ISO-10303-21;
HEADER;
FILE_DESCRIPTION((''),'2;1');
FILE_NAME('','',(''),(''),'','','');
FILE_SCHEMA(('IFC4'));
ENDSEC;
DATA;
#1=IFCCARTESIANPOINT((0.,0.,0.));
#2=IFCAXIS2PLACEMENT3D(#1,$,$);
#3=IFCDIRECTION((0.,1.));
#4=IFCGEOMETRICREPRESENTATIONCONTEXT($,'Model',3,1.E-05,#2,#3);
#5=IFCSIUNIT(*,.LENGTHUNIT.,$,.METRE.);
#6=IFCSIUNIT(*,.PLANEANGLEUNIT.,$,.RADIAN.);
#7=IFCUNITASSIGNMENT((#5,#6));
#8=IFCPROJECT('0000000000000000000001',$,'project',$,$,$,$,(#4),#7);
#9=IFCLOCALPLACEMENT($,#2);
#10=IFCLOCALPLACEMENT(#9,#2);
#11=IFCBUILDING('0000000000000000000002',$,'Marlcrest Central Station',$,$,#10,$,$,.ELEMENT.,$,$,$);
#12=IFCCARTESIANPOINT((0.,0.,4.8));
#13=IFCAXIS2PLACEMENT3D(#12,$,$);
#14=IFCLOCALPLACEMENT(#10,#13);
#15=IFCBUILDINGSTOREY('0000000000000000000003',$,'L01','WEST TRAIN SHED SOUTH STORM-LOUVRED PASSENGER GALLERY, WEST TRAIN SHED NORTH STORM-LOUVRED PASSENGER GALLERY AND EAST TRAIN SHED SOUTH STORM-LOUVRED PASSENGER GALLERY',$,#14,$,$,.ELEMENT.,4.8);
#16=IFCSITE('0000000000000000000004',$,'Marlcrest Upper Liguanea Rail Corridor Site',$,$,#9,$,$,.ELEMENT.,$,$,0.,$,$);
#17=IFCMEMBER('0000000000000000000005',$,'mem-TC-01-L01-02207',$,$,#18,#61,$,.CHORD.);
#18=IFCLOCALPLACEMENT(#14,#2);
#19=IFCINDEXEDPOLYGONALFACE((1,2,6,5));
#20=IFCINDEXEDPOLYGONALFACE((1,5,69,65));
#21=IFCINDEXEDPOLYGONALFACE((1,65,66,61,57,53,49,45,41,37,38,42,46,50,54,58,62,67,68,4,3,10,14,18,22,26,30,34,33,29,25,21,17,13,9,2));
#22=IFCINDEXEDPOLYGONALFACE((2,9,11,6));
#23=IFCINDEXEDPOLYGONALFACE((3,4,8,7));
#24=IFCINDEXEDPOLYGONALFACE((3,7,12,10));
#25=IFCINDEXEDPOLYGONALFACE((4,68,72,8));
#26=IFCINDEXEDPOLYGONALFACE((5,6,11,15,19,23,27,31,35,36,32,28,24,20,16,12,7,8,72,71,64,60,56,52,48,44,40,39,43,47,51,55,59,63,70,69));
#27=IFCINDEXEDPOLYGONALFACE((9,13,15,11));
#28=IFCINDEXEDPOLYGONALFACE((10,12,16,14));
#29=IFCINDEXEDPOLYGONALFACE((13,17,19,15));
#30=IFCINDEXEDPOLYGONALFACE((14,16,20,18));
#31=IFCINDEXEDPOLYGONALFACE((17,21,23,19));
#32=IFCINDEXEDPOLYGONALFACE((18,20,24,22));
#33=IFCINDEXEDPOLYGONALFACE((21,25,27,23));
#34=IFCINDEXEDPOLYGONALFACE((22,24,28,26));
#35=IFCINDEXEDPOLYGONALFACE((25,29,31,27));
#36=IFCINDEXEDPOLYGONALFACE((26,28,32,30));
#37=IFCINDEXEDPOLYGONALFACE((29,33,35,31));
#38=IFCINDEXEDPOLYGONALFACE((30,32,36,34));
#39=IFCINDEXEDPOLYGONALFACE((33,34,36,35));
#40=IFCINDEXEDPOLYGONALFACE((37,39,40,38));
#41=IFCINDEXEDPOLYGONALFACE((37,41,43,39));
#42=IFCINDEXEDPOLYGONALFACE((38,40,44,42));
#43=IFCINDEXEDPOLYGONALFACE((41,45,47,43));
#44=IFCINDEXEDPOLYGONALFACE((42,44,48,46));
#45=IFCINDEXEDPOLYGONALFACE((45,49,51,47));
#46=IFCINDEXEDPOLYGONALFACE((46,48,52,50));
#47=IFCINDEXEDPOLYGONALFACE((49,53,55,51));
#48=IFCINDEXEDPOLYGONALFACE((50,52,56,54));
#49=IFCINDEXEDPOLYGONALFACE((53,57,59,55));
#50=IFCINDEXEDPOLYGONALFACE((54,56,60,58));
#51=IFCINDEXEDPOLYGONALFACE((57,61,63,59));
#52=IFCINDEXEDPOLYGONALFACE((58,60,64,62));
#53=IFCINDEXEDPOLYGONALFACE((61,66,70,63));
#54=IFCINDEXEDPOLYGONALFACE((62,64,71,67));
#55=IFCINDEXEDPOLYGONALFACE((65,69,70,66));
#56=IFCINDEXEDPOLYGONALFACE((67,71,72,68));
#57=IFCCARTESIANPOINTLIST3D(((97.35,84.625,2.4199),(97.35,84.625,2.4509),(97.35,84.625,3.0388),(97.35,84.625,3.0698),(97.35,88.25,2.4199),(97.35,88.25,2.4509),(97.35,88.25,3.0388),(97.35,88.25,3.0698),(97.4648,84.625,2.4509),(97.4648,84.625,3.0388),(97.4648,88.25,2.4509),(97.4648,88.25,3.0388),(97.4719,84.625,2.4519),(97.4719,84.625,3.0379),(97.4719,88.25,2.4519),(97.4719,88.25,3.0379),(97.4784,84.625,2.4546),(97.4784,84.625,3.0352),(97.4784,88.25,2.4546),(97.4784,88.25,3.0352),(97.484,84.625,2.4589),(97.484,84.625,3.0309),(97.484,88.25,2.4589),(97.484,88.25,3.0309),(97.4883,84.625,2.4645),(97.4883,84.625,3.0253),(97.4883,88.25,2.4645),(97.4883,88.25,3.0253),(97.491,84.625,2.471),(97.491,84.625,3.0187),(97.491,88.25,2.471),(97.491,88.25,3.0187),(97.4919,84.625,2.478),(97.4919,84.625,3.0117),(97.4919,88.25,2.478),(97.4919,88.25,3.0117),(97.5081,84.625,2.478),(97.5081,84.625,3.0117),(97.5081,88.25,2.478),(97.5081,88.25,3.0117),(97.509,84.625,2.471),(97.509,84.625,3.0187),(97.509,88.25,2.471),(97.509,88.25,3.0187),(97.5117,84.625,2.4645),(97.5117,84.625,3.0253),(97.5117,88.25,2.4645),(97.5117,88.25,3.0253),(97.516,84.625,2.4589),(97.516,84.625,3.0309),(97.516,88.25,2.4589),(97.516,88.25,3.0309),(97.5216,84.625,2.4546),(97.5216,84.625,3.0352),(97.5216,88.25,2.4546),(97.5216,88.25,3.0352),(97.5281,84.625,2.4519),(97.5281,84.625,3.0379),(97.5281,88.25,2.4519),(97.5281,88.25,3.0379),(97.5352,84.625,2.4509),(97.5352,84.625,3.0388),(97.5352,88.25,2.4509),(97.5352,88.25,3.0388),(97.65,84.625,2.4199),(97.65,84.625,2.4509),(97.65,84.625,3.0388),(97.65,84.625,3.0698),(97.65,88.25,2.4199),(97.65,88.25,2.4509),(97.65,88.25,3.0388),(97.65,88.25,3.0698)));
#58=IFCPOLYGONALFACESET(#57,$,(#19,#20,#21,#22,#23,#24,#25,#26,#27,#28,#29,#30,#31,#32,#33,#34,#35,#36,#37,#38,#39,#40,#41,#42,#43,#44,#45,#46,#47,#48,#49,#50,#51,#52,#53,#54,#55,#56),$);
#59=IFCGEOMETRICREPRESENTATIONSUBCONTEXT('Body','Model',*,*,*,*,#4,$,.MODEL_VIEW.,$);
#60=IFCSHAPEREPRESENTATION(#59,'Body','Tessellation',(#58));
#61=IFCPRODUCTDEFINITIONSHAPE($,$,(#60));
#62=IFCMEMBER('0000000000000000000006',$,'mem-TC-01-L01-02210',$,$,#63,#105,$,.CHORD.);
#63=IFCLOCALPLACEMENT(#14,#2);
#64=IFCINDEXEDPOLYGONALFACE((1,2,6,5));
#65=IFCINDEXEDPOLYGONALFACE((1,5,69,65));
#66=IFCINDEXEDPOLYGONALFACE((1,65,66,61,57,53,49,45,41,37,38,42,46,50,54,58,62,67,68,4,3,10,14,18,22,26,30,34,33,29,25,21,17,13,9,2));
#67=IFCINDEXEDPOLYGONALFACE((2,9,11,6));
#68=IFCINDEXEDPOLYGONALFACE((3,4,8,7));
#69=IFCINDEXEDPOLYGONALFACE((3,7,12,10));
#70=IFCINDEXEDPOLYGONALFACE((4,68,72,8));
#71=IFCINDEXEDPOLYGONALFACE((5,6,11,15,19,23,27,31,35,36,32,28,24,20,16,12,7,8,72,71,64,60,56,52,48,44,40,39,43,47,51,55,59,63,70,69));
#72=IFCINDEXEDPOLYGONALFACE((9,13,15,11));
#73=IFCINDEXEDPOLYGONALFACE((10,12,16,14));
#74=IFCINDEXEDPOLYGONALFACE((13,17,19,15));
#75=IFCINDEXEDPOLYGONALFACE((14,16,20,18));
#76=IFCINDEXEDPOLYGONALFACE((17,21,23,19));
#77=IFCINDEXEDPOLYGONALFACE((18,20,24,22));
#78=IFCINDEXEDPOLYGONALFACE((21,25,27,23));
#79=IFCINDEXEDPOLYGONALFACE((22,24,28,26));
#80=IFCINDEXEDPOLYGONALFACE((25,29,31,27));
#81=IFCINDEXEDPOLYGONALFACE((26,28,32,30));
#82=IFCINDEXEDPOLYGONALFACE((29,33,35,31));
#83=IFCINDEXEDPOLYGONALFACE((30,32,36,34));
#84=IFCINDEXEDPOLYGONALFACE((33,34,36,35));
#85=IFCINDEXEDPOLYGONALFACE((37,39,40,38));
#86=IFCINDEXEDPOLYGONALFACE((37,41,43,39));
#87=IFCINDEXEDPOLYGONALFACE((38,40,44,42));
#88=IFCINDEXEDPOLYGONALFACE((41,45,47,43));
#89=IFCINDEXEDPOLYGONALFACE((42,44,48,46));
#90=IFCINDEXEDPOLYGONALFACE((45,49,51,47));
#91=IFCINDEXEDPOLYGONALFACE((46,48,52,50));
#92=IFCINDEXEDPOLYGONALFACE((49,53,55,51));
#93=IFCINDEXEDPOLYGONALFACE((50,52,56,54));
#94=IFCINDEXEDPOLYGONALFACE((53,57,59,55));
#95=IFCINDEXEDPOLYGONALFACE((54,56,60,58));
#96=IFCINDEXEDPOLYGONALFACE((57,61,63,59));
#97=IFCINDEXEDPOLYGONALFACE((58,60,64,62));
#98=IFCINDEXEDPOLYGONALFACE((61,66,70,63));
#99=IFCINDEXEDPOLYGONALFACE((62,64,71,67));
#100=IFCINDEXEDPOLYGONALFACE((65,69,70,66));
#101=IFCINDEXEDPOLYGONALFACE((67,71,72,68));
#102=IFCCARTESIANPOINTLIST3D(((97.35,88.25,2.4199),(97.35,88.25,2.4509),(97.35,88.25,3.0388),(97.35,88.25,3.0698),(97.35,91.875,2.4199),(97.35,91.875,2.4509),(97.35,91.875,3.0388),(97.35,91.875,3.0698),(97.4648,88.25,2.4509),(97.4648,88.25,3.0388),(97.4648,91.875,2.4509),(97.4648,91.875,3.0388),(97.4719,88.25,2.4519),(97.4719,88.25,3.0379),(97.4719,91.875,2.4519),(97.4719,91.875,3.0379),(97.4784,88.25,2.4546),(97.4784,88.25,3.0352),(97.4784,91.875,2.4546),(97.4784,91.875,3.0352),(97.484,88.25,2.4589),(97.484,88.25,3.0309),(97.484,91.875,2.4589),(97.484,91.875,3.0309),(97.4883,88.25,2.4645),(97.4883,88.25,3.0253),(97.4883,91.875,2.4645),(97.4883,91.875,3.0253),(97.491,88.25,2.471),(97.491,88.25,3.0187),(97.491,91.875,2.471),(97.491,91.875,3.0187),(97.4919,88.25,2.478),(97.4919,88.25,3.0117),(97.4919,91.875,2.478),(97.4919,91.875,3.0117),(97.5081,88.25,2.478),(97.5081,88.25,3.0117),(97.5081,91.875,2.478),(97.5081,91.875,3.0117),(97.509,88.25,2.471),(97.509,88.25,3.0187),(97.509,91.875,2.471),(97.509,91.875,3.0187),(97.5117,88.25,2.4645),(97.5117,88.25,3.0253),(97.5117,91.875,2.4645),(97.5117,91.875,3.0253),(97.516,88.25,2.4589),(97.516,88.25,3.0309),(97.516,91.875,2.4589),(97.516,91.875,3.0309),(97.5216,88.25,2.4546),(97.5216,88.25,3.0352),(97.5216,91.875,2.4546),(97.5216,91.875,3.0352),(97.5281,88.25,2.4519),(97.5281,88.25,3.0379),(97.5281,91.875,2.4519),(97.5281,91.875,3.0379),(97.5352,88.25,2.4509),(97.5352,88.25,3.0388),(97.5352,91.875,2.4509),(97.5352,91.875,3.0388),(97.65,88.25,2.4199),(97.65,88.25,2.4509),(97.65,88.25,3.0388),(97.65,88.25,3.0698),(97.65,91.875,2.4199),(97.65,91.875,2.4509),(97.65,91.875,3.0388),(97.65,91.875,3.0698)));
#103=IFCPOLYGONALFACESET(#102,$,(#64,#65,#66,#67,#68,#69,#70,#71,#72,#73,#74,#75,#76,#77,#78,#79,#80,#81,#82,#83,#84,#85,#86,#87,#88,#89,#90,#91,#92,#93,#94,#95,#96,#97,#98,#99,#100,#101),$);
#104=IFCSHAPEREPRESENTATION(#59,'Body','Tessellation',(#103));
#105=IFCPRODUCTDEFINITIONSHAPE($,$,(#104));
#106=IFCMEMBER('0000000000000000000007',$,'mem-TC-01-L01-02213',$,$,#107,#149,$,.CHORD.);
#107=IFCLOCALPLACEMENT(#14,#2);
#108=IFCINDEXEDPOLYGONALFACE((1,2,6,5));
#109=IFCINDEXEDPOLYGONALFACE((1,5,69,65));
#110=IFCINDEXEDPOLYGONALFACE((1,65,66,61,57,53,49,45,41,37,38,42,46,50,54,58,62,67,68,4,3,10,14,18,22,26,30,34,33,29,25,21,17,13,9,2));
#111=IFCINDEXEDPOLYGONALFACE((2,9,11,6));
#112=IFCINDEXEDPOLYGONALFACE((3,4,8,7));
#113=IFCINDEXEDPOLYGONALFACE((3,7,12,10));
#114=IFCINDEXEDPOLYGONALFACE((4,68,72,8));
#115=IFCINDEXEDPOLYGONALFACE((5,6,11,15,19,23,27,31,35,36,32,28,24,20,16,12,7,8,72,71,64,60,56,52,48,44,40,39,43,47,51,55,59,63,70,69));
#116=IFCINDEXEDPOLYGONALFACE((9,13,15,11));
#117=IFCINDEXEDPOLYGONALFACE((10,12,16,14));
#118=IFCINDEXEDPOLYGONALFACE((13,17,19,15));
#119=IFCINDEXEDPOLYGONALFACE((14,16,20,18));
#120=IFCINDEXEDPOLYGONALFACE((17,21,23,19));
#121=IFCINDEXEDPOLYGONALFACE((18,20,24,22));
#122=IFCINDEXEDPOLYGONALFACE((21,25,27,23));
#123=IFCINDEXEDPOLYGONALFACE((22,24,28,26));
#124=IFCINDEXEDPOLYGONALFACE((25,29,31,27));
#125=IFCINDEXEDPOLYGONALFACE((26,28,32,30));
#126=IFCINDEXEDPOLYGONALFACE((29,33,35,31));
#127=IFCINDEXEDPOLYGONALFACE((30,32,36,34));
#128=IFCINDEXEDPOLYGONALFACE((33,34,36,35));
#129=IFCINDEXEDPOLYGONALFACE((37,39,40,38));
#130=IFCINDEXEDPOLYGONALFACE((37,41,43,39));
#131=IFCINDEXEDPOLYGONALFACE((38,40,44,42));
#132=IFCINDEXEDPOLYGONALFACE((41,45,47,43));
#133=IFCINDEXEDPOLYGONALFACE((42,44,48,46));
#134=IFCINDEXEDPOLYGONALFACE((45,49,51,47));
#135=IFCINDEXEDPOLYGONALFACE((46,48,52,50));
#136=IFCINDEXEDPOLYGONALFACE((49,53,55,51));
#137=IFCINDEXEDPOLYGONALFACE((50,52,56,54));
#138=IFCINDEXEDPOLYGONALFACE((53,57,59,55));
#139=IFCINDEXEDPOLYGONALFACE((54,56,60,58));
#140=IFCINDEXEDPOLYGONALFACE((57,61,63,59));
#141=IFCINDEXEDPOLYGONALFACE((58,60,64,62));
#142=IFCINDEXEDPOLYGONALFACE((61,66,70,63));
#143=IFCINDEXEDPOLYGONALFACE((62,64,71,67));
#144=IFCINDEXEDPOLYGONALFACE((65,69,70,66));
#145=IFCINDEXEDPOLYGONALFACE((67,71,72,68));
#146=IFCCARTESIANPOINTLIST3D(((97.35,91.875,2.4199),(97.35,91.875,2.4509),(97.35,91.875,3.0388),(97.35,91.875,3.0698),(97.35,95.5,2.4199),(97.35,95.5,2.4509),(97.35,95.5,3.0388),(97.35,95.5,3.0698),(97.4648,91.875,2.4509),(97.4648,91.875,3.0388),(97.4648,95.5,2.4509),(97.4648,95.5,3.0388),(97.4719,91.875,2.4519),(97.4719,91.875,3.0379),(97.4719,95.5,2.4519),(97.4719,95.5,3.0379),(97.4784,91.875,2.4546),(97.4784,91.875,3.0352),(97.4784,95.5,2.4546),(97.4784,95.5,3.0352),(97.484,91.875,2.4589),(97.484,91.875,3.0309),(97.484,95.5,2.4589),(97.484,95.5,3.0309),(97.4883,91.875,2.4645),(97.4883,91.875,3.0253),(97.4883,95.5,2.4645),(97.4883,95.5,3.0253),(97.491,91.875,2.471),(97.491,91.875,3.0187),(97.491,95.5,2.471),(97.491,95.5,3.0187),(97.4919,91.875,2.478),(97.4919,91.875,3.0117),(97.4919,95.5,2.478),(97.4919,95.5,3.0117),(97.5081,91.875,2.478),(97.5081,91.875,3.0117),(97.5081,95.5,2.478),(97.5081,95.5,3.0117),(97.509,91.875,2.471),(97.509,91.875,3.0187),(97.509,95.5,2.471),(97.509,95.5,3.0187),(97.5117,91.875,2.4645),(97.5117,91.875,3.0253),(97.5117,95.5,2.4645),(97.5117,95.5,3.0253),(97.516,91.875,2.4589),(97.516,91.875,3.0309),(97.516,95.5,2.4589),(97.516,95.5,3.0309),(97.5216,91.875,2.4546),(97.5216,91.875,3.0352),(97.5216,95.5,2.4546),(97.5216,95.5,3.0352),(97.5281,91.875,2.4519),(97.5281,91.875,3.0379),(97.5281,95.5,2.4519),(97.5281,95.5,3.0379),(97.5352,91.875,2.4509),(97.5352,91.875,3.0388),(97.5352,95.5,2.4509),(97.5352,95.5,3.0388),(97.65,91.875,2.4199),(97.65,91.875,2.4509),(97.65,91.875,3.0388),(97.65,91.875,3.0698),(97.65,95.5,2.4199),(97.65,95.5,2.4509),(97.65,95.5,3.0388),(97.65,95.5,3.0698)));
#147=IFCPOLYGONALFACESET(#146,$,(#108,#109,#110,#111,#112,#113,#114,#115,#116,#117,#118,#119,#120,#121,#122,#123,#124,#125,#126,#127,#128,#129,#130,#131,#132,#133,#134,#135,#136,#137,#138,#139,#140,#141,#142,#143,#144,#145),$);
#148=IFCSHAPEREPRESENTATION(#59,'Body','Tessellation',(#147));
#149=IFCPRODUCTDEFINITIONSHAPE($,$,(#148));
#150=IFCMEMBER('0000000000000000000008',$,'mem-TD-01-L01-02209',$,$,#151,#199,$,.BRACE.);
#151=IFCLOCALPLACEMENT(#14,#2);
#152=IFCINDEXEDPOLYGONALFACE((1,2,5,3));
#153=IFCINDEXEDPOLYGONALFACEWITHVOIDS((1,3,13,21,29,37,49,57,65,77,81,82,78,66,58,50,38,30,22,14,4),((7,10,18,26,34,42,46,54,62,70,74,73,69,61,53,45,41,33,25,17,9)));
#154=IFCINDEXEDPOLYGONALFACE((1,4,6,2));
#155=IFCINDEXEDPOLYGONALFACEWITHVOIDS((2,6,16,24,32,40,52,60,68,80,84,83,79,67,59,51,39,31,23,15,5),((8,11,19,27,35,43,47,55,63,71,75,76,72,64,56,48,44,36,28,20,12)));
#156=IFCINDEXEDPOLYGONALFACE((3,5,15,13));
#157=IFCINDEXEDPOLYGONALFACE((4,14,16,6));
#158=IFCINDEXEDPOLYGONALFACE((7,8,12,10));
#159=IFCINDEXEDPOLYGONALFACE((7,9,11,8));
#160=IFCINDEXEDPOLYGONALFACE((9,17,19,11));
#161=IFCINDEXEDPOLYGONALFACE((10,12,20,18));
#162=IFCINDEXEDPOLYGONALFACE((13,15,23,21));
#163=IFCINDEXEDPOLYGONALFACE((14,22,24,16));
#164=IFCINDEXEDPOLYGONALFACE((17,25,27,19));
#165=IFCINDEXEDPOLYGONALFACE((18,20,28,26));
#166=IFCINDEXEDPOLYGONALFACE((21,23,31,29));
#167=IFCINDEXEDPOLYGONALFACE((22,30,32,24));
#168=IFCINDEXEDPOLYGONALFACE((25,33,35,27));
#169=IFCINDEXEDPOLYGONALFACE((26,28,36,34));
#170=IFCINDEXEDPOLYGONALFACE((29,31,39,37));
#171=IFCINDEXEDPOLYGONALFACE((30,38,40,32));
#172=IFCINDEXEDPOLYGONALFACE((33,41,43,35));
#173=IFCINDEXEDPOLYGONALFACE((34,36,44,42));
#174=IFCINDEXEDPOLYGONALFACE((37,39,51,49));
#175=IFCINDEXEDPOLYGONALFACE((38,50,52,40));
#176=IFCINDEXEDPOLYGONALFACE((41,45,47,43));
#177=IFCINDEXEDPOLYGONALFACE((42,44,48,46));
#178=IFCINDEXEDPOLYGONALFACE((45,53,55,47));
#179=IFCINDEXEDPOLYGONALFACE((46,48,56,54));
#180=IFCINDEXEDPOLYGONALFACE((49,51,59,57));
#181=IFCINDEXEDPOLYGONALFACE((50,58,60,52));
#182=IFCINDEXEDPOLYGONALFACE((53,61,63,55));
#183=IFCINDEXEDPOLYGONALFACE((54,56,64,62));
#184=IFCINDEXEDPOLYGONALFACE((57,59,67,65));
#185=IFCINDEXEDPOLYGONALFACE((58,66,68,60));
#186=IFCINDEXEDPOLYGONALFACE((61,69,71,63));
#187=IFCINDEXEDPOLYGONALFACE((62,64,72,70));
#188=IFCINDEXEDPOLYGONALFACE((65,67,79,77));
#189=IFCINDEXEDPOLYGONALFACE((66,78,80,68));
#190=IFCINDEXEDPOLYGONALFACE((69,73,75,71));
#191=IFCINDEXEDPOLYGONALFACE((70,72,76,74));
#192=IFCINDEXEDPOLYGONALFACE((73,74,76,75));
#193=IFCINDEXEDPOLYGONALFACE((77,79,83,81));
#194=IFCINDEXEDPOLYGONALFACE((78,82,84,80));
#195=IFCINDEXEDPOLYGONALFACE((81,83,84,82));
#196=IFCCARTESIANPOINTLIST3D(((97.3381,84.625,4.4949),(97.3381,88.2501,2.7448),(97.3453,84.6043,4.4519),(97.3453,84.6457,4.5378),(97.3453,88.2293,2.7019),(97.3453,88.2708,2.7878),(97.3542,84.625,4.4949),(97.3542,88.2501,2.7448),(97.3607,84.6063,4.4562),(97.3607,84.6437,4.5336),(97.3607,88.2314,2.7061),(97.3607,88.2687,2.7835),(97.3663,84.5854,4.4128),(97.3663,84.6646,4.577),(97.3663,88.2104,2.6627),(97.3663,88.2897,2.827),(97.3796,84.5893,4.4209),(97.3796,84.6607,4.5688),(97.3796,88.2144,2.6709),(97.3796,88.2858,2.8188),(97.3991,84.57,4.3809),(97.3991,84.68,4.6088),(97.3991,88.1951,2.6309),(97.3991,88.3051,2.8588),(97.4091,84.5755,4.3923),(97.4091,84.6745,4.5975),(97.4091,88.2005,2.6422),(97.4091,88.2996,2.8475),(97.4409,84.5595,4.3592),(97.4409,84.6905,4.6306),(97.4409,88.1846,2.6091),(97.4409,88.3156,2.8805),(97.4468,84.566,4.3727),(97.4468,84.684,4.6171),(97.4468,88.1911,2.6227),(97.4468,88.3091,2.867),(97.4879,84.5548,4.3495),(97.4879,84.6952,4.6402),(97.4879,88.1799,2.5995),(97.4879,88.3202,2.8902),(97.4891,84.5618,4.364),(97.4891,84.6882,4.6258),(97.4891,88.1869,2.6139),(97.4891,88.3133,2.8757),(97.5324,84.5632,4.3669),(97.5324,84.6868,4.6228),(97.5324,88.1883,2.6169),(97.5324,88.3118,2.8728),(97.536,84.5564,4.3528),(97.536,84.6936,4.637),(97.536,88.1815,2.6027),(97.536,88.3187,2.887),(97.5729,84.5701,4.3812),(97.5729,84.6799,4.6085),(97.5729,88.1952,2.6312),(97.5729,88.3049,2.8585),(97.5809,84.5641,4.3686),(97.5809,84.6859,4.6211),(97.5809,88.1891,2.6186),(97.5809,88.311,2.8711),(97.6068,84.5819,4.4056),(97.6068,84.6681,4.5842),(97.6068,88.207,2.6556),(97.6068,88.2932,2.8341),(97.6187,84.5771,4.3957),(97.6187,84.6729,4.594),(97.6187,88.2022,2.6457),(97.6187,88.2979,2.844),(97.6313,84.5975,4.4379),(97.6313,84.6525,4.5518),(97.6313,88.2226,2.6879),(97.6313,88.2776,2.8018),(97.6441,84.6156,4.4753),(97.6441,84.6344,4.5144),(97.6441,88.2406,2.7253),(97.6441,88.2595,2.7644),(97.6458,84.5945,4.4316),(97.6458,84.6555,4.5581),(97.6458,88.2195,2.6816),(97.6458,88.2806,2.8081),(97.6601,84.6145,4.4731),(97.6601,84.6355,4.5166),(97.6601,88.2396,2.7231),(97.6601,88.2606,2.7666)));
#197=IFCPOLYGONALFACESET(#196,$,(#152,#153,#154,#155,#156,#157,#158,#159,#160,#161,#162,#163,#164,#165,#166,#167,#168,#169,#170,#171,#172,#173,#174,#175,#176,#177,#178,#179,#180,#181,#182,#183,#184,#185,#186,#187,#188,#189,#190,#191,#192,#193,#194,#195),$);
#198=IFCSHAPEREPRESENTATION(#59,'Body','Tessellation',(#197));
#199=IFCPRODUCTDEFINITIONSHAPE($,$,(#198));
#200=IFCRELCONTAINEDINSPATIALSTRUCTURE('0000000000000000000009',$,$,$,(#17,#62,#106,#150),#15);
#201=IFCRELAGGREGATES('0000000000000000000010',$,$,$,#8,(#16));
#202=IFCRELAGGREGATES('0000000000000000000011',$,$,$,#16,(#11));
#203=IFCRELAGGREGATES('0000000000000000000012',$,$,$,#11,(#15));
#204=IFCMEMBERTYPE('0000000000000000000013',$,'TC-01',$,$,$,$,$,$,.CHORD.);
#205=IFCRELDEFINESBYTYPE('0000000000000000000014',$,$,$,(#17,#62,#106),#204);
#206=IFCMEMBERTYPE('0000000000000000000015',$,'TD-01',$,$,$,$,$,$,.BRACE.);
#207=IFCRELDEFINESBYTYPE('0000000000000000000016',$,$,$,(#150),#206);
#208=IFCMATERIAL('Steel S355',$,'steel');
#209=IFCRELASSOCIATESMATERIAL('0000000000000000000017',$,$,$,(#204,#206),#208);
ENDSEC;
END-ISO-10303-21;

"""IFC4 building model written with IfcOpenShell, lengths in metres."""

from ifc_helpers import new_model, si_unit, direction, frame, origin, origin_2d, place, context, subcontext, project, spatial, hollow_circle, i_section, extrude, material, material_profile, profile_set, type_object, element, save


model = new_model("IFC4")

# Units and contexts
model_context = context("Model", 3, precision=1e-05, world=origin(), true_north=direction((0.0, 1.0)))
body_context = subcontext(model_context, "Body", "Model", "MODEL_VIEW")
ifc_project = project(units=[si_unit("LENGTHUNIT", "METRE"), si_unit("PLANEANGLEUNIT", "RADIAN")], contexts=[model_context])

# Site, building, storey
site_placement = place(None, origin())
site = spatial("IfcSite", under=ifc_project, at=site_placement, Name="Marlcrest Upper Liguanea Rail Corridor Site", CompositionType="ELEMENT", RefElevation=0.0)
building_placement = place(site_placement, origin())
building = spatial("IfcBuilding", under=site, at=building_placement, Name="Marlcrest Central Station", CompositionType="ELEMENT")
storey_placement = place(building_placement, frame((0.0, 0.0, 4.8)))
storey = spatial("IfcBuildingStorey", under=building, at=storey_placement, Name="L01", Description="WEST TRAIN SHED SOUTH STORM-LOUVRED PASSENGER GALLERY, WEST TRAIN SHED NORTH STORM-LOUVRED PASSENGER GALLERY AND EAST TRAIN SHED SOUTH STORM-LOUVRED PASSENGER GALLERY", CompositionType="ELEMENT", Elevation=4.8)

# Shared definitions
ifc_material = material(Name="Steel S355", Category="steel")

# Members
ifc_material_profile_1 = material_profile(ifc_material, i_section(OverallWidth=0.3, OverallDepth=0.6499, WebThickness=0.0161, FlangeThickness=0.031, FilletRadius=0.0271, at=origin_2d()), Name="HEB 650")
ifc_profile_set_1 = profile_set([ifc_material_profile_1], Name="Steel S355")
member_type_1 = type_object("IfcMemberType", Name="TC-01", PredefinedType="CHORD", material=ifc_profile_set_1)
for number, where, z_axis, x_axis, name in (
    (1, (97.5, 84.625, 2.7449), (0.0, 1.0, 0.0), (-1.0, 0.0, 0.0), "mem-TC-01-L01-02207"),
    (2, (97.5, 88.25, 2.7449), (0.0, 1.0, 0.0), (-1.0, 0.0, 0.0), "mem-TC-01-L01-02210"),
    (3, (97.5, 91.875, 2.7449), (0.0, 1.0, 0.0), (-1.0, 0.0, 0.0), "mem-TC-01-L01-02213"),
):
    element("IfcMember", number, at=place(storey_placement, frame(where, z_axis=z_axis, x_axis=x_axis)), inside=storey, type_object=member_type_1, Name=name, PredefinedType="CHORD", context=body_context, shape_type="SweptSolid", body=[
        extrude(i_section(OverallWidth=0.3, OverallDepth=0.6499, WebThickness=0.0161, FlangeThickness=0.031, FilletRadius=0.0271, at=origin_2d()), origin(), (0.0, 0.0, 1.0), 3.625),
    ])
ifc_material_profile_2 = material_profile(ifc_material, hollow_circle(Radius=0.1619, WallThickness=0.0161, at=origin_2d()), Name="CHS 323.9x16")
ifc_profile_set_2 = profile_set([ifc_material_profile_2], Name="Steel S355")
member_type_2 = type_object("IfcMemberType", Name="TD-01", PredefinedType="BRACE", material=ifc_profile_set_2)
for number, where, z_axis, x_axis, name in (
    (4, (97.5, 84.625, 4.4949), (0.0, 0.900552, -0.434749), (-1.0, 0.0, 0.0), "mem-TD-01-L01-02209"),
):
    element("IfcMember", number, at=place(storey_placement, frame(where, z_axis=z_axis, x_axis=x_axis)), inside=storey, type_object=member_type_2, Name=name, PredefinedType="BRACE", context=body_context, shape_type="SweptSolid", body=[
        extrude(hollow_circle(Radius=0.1619, WallThickness=0.0161, at=origin_2d()), origin(), (0.0, 0.0, 1.0), 4.0254),
    ])

save(model, "model.ifc")
